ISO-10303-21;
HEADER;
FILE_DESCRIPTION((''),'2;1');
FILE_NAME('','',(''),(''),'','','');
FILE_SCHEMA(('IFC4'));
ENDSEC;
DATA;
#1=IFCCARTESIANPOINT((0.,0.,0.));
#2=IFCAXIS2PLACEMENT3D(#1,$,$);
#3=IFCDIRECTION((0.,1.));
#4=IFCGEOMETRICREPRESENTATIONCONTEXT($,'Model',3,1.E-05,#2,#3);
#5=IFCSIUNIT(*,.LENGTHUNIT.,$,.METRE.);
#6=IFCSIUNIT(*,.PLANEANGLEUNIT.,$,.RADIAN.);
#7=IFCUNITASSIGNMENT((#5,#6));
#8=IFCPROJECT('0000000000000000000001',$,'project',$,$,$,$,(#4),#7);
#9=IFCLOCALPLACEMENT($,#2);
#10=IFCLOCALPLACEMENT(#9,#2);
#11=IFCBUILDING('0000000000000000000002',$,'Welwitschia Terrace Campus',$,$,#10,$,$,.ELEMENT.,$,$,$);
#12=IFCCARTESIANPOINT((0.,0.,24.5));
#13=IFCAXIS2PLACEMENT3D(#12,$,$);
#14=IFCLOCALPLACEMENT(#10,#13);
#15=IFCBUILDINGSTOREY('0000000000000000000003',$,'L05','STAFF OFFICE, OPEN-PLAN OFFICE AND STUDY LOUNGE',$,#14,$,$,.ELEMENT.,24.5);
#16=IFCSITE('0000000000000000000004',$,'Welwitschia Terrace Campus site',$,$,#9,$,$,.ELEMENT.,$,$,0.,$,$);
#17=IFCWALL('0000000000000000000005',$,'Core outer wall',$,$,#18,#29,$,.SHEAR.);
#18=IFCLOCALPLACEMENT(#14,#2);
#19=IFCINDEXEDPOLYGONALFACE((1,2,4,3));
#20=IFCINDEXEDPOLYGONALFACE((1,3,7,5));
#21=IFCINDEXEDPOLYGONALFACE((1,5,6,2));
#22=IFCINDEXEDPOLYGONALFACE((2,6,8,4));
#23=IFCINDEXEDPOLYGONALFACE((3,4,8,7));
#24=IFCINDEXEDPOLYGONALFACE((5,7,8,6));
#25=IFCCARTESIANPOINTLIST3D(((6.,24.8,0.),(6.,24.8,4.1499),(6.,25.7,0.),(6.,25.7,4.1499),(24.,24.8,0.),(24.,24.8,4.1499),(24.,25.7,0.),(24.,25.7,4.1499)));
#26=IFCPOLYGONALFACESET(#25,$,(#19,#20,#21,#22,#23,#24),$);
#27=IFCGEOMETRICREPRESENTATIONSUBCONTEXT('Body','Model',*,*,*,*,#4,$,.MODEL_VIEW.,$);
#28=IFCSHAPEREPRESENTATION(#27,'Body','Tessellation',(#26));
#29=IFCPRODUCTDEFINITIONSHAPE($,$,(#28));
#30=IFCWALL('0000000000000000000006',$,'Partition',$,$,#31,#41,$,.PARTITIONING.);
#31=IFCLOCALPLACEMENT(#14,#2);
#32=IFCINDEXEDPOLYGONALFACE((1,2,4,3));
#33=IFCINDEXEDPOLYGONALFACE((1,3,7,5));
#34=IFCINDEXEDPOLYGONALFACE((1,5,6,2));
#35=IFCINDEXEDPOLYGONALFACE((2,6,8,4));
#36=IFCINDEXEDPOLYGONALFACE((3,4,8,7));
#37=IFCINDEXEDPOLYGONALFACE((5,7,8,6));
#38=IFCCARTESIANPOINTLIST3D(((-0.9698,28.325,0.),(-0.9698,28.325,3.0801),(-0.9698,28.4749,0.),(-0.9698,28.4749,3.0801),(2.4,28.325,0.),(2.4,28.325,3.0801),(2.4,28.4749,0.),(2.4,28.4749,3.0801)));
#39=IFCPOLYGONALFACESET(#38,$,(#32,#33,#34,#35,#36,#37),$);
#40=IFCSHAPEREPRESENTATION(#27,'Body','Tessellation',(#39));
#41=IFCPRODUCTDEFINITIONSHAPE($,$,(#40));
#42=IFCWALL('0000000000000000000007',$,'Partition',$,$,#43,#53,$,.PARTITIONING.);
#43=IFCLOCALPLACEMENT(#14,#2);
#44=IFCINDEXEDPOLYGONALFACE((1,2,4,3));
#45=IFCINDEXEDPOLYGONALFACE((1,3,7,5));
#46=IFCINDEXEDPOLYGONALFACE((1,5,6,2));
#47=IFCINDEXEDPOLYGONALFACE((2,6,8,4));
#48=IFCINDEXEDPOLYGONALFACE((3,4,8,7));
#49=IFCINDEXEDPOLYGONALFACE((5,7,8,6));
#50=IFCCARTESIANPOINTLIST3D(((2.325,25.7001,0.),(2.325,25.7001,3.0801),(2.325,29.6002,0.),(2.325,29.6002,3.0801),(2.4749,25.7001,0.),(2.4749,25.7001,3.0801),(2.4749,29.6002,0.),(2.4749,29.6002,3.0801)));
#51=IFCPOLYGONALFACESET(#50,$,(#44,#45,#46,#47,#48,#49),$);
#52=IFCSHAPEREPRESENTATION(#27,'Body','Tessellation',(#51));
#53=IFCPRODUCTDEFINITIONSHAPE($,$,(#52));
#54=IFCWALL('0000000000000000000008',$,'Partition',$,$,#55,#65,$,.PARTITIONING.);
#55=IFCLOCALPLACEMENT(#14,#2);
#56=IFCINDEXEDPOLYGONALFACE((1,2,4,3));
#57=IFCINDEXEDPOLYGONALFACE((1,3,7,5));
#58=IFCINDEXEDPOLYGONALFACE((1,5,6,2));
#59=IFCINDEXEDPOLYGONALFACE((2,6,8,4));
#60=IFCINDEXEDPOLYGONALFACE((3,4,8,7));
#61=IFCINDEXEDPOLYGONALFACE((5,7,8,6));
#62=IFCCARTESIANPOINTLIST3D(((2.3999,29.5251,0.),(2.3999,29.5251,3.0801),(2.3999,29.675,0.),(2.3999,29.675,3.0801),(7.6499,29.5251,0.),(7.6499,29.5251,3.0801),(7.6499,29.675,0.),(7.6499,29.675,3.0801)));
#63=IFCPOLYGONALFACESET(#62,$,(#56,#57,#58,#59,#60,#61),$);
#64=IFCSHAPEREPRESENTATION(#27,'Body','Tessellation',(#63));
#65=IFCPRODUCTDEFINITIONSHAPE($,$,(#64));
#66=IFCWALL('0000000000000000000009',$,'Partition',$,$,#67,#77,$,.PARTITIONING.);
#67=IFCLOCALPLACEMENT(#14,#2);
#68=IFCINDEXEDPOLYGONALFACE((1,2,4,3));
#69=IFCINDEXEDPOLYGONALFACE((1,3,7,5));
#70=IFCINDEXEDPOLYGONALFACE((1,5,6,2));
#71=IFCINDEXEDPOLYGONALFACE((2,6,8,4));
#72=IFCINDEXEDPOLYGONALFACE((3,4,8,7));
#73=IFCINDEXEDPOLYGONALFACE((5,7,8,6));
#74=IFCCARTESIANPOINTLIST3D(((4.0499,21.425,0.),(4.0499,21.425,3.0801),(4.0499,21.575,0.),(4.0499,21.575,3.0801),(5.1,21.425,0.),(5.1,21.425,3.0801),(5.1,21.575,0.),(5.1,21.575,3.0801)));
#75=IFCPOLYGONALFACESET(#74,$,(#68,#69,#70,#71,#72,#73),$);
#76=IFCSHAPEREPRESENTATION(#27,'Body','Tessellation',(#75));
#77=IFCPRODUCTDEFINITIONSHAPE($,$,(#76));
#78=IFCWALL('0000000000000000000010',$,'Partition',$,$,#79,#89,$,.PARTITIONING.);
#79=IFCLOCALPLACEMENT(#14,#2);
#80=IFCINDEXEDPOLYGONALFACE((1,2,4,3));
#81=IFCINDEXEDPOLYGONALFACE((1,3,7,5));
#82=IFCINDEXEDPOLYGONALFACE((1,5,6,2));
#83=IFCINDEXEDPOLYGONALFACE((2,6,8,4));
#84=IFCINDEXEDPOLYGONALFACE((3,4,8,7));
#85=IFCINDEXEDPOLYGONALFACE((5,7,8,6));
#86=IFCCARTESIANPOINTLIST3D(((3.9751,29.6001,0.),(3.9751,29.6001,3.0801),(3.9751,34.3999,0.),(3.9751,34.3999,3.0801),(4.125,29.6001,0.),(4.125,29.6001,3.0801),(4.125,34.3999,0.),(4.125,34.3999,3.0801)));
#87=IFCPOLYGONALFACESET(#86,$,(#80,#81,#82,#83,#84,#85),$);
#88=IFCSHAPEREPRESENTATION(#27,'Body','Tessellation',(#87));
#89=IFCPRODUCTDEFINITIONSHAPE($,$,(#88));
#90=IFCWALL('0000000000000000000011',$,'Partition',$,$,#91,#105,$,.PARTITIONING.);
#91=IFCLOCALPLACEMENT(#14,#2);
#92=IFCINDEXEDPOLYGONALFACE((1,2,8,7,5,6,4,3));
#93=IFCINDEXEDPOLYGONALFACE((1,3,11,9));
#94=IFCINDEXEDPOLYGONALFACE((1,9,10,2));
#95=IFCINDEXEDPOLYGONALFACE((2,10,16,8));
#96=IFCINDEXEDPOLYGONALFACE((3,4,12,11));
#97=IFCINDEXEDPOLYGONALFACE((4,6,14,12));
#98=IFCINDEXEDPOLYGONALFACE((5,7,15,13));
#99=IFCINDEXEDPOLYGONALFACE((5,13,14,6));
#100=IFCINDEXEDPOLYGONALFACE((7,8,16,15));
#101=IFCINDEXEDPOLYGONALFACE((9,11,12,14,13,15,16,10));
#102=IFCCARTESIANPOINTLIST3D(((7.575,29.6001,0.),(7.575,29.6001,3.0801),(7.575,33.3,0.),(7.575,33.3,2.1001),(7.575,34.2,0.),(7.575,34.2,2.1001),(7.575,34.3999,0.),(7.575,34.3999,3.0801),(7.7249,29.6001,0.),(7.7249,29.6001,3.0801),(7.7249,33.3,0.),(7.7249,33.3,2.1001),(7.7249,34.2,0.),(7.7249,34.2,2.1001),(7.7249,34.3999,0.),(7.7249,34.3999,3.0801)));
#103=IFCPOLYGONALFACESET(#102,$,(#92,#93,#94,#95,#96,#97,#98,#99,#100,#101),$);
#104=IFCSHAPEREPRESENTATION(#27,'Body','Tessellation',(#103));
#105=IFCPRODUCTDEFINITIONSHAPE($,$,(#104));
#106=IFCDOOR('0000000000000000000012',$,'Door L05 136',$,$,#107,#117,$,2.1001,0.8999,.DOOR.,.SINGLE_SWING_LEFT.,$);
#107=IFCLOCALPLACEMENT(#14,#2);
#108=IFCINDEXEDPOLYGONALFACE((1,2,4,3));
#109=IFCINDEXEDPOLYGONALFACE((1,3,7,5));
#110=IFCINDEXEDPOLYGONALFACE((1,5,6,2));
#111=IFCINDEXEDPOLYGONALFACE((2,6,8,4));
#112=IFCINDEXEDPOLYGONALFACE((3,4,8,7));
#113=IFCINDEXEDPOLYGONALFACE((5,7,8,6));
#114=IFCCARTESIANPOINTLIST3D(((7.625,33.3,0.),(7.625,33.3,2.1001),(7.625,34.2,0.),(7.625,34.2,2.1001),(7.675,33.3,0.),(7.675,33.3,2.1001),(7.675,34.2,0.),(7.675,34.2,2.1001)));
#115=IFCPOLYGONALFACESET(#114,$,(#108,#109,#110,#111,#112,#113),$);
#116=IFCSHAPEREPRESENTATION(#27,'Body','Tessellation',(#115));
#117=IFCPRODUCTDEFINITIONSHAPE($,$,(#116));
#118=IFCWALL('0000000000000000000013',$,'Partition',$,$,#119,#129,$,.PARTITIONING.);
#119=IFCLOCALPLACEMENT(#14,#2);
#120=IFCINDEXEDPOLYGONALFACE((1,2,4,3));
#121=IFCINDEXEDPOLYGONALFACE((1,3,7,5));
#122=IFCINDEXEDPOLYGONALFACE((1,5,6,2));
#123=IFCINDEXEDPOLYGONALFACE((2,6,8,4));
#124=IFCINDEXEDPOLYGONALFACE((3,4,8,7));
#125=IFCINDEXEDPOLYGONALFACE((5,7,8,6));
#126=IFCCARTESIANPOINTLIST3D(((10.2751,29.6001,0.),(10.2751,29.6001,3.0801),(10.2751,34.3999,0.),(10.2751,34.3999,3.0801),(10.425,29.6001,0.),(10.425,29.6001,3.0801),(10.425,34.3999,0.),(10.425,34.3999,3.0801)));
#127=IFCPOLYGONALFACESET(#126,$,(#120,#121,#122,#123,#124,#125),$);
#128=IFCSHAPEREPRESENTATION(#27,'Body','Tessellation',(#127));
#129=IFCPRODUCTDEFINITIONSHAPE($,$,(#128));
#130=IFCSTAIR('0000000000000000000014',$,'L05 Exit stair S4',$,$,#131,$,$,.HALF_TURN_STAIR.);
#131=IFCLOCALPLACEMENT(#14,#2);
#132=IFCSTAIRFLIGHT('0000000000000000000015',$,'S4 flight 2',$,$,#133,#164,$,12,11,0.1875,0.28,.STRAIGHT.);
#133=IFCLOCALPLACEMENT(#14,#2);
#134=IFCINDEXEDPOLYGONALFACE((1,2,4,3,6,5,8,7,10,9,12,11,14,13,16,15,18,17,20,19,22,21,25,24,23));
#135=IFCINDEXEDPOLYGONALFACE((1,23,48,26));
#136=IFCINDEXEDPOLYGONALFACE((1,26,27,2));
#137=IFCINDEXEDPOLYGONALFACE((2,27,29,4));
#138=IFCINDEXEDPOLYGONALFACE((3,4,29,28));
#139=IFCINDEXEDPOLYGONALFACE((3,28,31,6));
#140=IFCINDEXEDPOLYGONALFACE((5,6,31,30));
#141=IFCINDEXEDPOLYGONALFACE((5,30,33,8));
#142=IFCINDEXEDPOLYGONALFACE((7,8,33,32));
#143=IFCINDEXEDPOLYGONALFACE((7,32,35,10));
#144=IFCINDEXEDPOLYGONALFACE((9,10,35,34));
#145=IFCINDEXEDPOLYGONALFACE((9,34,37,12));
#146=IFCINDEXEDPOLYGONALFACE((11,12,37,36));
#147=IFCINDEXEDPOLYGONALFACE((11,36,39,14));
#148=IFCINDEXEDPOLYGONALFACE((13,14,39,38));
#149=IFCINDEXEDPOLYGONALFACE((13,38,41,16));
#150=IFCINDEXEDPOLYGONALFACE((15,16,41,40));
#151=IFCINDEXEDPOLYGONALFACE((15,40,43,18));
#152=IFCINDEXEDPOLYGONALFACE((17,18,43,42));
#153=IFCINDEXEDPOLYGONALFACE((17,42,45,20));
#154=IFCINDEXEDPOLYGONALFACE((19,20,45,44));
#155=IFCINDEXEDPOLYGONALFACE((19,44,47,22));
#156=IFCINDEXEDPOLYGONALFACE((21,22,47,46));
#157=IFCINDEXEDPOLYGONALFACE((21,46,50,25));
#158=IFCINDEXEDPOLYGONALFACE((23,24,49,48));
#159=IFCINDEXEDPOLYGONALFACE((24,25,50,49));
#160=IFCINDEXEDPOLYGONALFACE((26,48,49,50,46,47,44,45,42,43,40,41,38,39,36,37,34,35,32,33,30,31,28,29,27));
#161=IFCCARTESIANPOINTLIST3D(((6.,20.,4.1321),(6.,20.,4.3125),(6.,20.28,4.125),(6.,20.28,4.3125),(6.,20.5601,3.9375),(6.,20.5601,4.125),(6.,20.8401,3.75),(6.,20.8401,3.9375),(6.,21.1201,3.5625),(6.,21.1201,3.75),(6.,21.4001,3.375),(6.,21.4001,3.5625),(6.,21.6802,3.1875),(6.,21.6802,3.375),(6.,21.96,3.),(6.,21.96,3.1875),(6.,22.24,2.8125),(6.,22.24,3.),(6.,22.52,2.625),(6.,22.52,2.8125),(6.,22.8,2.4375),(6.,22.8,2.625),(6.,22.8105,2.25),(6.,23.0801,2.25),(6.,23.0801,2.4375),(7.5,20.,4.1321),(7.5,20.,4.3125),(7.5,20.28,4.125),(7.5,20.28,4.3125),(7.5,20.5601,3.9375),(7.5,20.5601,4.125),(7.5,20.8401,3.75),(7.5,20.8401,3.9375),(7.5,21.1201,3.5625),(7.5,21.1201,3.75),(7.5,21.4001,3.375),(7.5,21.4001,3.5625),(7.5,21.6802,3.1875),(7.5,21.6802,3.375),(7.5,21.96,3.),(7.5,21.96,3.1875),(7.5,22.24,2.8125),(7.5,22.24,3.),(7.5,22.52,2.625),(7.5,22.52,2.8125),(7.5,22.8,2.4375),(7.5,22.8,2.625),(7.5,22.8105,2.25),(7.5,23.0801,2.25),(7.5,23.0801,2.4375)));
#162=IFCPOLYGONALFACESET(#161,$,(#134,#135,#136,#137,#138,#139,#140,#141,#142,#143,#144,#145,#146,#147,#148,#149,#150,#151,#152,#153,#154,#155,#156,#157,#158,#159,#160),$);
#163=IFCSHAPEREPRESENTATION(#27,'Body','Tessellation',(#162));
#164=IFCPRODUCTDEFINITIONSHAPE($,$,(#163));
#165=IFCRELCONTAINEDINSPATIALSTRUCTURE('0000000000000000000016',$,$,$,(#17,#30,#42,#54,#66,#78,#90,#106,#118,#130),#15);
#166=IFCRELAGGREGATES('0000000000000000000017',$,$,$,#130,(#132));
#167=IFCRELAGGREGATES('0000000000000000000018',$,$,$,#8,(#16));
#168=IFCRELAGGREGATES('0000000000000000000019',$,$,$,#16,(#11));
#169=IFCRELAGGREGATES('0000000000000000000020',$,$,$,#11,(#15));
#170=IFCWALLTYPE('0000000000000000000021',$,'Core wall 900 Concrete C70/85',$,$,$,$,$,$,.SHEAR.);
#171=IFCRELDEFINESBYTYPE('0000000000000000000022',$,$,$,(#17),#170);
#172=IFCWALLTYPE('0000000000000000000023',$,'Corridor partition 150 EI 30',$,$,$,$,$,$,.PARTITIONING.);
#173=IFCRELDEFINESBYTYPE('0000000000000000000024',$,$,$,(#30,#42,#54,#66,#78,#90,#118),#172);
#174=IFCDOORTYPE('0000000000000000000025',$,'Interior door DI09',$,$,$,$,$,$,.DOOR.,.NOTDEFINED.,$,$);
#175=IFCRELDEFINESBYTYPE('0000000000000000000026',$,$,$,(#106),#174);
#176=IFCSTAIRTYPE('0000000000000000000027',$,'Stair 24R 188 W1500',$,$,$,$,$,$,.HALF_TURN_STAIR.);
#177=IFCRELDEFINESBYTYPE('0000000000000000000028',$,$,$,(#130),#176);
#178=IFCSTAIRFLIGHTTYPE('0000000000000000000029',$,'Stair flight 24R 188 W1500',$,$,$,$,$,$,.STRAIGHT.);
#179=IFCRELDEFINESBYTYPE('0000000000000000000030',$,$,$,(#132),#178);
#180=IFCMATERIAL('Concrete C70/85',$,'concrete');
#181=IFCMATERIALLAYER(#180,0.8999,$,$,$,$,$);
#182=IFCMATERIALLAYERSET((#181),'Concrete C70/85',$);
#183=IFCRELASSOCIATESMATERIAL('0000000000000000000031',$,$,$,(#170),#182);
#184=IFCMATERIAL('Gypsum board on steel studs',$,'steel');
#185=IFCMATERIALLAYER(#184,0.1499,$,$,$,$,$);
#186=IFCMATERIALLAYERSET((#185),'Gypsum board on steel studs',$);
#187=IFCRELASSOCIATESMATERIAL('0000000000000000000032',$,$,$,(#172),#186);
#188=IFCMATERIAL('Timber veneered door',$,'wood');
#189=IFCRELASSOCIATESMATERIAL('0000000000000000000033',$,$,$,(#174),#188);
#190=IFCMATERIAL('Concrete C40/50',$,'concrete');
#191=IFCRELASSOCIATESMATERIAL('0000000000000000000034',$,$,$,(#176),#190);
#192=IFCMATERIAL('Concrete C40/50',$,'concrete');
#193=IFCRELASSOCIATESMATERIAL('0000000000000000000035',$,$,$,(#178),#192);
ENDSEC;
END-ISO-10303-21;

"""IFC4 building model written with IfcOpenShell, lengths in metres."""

from ifc_helpers import new_model, si_unit, direction, frame, frame_2d, origin, place, context, subcontext, project, spatial, polyline, rectangle, outline, extrude, material, layer, layer_set, type_object, element, fill, aggregate, save


model = new_model("IFC4")

# Units and contexts
model_context = context("Model", 3, precision=1e-05, world=origin(), true_north=direction((0.0, 1.0)))
body_context = subcontext(model_context, "Body", "Model", "MODEL_VIEW")
ifc_project = project(units=[si_unit("LENGTHUNIT", "METRE"), si_unit("PLANEANGLEUNIT", "RADIAN")], contexts=[model_context])

# Site, building, storey
site_placement = place(None, origin())
site = spatial("IfcSite", under=ifc_project, at=site_placement, Name="Welwitschia Terrace Campus site", CompositionType="ELEMENT", RefElevation=0.0)
building_placement = place(site_placement, origin())
building = spatial("IfcBuilding", under=site, at=building_placement, Name="Welwitschia Terrace Campus", CompositionType="ELEMENT")
storey_placement = place(building_placement, frame((0.0, 0.0, 24.5)))
storey = spatial("IfcBuildingStorey", under=building, at=storey_placement, Name="L05", Description="STAFF OFFICE, OPEN-PLAN OFFICE AND STUDY LOUNGE", CompositionType="ELEMENT", Elevation=24.5)

# Walls
ifc_material_1 = material(Name="Concrete C70/85", Category="concrete")
ifc_layer_1 = layer(ifc_material_1, 0.8999)
ifc_layer_set_1 = layer_set([ifc_layer_1], Name="Concrete C70/85")
wall_type_1 = type_object("IfcWallType", Name="Core wall 900 Concrete C70/85", PredefinedType="SHEAR", material=ifc_layer_set_1)
wall_1_placement = place(storey_placement, frame((6.0, 25.25, 0.0), z_axis=(0.0, 0.0, 1.0), x_axis=(1.0, 0.0, 0.0)))
element("IfcWall", 1, at=wall_1_placement, inside=storey, type_object=wall_type_1, Name="Core outer wall", PredefinedType="SHEAR", context=body_context, shape_type="SweptSolid", body=[
    extrude(rectangle(XDim=18.0, YDim=0.8999, at=frame_2d((9.0, 0.0))), origin(), (0.0, 0.0, 1.0), 4.1499),
])
ifc_material_2 = material(Name="Gypsum board on steel studs", Category="steel")
ifc_layer_2 = layer(ifc_material_2, 0.1499)
ifc_layer_set_2 = layer_set([ifc_layer_2], Name="Gypsum board on steel studs")
wall_type_2 = type_object("IfcWallType", Name="Corridor partition 150 EI 30", PredefinedType="PARTITIONING", material=ifc_layer_set_2)
wall_2_placement = place(storey_placement, frame((-0.97, 28.3999, 0.0), z_axis=(0.0, 0.0, 1.0), x_axis=(1.0, 0.0, 0.0)))
element("IfcWall", 2, at=wall_2_placement, inside=storey, type_object=wall_type_2, Name="Partition", PredefinedType="PARTITIONING", context=body_context, shape_type="SweptSolid", body=[
    extrude(rectangle(XDim=3.3699, YDim=0.1499, at=frame_2d((1.6851, 0.0))), origin(), (0.0, 0.0, 1.0), 3.0801),
])
wall_3_placement = place(storey_placement, frame((2.3999, 25.7, 0.0), z_axis=(0.0, 0.0, 1.0), x_axis=(0.0, 1.0, 0.0)))
element("IfcWall", 3, at=wall_3_placement, inside=storey, type_object=wall_type_2, Name="Partition", PredefinedType="PARTITIONING", context=body_context, shape_type="SweptSolid", body=[
    extrude(rectangle(XDim=3.9001, YDim=0.1499, at=frame_2d((1.9502, 0.0))), origin(), (0.0, 0.0, 1.0), 3.0801),
])
wall_4_placement = place(storey_placement, frame((2.3999, 29.6001, 0.0), z_axis=(0.0, 0.0, 1.0), x_axis=(1.0, 0.0, 0.0)))
element("IfcWall", 4, at=wall_4_placement, inside=storey, type_object=wall_type_2, Name="Partition", PredefinedType="PARTITIONING", context=body_context, shape_type="SweptSolid", body=[
    extrude(rectangle(XDim=5.25, YDim=0.1499, at=frame_2d((2.625, 0.0))), origin(), (0.0, 0.0, 1.0), 3.0801),
])
wall_5_placement = place(storey_placement, frame((4.05, 21.5, 0.0), z_axis=(0.0, 0.0, 1.0), x_axis=(1.0, 0.0, 0.0)))
element("IfcWall", 5, at=wall_5_placement, inside=storey, type_object=wall_type_2, Name="Partition", PredefinedType="PARTITIONING", context=body_context, shape_type="SweptSolid", body=[
    extrude(rectangle(XDim=1.05, YDim=0.1499, at=frame_2d((0.5249, 0.0))), origin(), (0.0, 0.0, 1.0), 3.0801),
])
wall_6_placement = place(storey_placement, frame((4.05, 29.6001, 0.0), z_axis=(0.0, 0.0, 1.0), x_axis=(0.0, 1.0, 0.0)))
element("IfcWall", 6, at=wall_6_placement, inside=storey, type_object=wall_type_2, Name="Partition", PredefinedType="PARTITIONING", context=body_context, shape_type="SweptSolid", body=[
    extrude(rectangle(XDim=4.7998, YDim=0.1499, at=frame_2d((2.3999, 0.0))), origin(), (0.0, 0.0, 1.0), 3.0801),
])

# Wall, opening, door
wall_7_placement = place(storey_placement, frame((7.6499, 29.6001, 0.0), z_axis=(0.0, 0.0, 1.0), x_axis=(0.0, 1.0, 0.0)))
wall_7 = element("IfcWall", 7, at=wall_7_placement, inside=storey, type_object=wall_type_2, Name="Partition", PredefinedType="PARTITIONING", context=body_context, shape_type="SweptSolid", body=[
    extrude(rectangle(XDim=4.7998, YDim=0.1499, at=frame_2d((2.3999, 0.0))), origin(), (0.0, 0.0, 1.0), 3.0801),
])
opening_placement = place(wall_7_placement, frame((3.7, 0.0, 0.0)))
opening = element("IfcOpeningElement", 8, at=opening_placement, cuts=wall_7, PredefinedType="OPENING", context=body_context, shape_type="SweptSolid", body=[
    extrude(rectangle(XDim=0.8999, YDim=2.1001, at=frame_2d((0.45, 1.05))), frame((0.0, 0.085, 0.0), z_axis=(0.0, -1.0, 0.0), x_axis=(1.0, 0.0, 0.0)), (0.0, 0.0, 1.0), 0.1699),
])
ifc_material_3 = material(Name="Timber veneered door", Category="wood")
door_type = type_object("IfcDoorType", Name="Interior door DI09", OperationType="NOTDEFINED", PredefinedType="DOOR", material=ifc_material_3)
door_placement = place(opening_placement, origin())
door = element("IfcDoor", 9, at=door_placement, inside=storey, type_object=door_type, Name="Door L05 136", OperationType="SINGLE_SWING_LEFT", OverallHeight=2.1001, OverallWidth=0.8999, PredefinedType="DOOR", context=body_context, shape_type="SweptSolid", body=[
    extrude(rectangle(XDim=0.8999, YDim=2.1001, at=frame_2d((0.45, 1.05))), frame((0.0, 0.0249, 0.0), z_axis=(0.0, -1.0, 0.0), x_axis=(1.0, 0.0, 0.0)), (0.0, 0.0, 1.0), 0.05),
])
fill(opening, door)

# Wall
wall_8_placement = place(storey_placement, frame((10.3501, 29.6001, 0.0), z_axis=(0.0, 0.0, 1.0), x_axis=(0.0, 1.0, 0.0)))
element("IfcWall", 10, at=wall_8_placement, inside=storey, type_object=wall_type_2, Name="Partition", PredefinedType="PARTITIONING", context=body_context, shape_type="SweptSolid", body=[
    extrude(rectangle(XDim=4.7998, YDim=0.1499, at=frame_2d((2.3999, 0.0))), origin(), (0.0, 0.0, 1.0), 3.0801),
])

# Stair, stair flight
ifc_material_4 = material(Name="Concrete C40/50", Category="concrete")
stair_type = type_object("IfcStairType", Name="Stair 24R 188 W1500", PredefinedType="HALF_TURN_STAIR", material=ifc_material_4)
stair_placement = place(storey_placement, origin())
stair = element("IfcStair", 11, at=stair_placement, inside=storey, type_object=stair_type, Name="L05 Exit stair S4", PredefinedType="HALF_TURN_STAIR")
ifc_material_5 = material(Name="Concrete C40/50", Category="concrete")
stair_flight_type = type_object("IfcStairFlightType", Name="Stair flight 24R 188 W1500", PredefinedType="STRAIGHT", material=ifc_material_5)
stair_flight_placement = place(storey_placement, frame((6.75, 23.0801, 2.25), z_axis=(0.0, 0.0, 1.0), x_axis=(0.0, -1.0, 0.0)))
stair_flight = element("IfcStairFlight", 12, at=stair_flight_placement, type_object=stair_flight_type, Name="S4 flight 2", NumberOfRisers=12, NumberOfTreads=11, PredefinedType="STRAIGHT", RiserHeight=0.1875, TreadLength=0.28, context=body_context, shape_type="SweptSolid", body=[
    extrude(outline(polyline([(0.0, 0.0), (0.0, 0.1875), (0.28, 0.1875), (0.28, 0.375), (0.5601, 0.375), (0.5601, 0.5625), (0.8401, 0.5625), (0.8401, 0.75), (1.1201, 0.75), (1.1201, 0.9375), (1.3999, 0.9375), (1.3999, 1.125), (1.6799, 1.125), (1.6799, 1.3125), (1.96, 1.3125), (1.96, 1.5), (2.24, 1.5), (2.24, 1.6875), (2.52, 1.6875), (2.52, 1.875), (2.8, 1.875), (2.8, 2.0625), (3.0801, 2.0625), (3.0801, 2.25), (3.0801, 1.8821), (0.2695, 0.0), (0.0, 0.0)])), frame((0.0, 0.75, 0.0), z_axis=(0.0, -1.0, 0.0), x_axis=(1.0, 0.0, 0.0)), (0.0, 0.0, 1.0), 1.5),
])
aggregate(stair, [stair_flight])

save(model, "model.ifc")
